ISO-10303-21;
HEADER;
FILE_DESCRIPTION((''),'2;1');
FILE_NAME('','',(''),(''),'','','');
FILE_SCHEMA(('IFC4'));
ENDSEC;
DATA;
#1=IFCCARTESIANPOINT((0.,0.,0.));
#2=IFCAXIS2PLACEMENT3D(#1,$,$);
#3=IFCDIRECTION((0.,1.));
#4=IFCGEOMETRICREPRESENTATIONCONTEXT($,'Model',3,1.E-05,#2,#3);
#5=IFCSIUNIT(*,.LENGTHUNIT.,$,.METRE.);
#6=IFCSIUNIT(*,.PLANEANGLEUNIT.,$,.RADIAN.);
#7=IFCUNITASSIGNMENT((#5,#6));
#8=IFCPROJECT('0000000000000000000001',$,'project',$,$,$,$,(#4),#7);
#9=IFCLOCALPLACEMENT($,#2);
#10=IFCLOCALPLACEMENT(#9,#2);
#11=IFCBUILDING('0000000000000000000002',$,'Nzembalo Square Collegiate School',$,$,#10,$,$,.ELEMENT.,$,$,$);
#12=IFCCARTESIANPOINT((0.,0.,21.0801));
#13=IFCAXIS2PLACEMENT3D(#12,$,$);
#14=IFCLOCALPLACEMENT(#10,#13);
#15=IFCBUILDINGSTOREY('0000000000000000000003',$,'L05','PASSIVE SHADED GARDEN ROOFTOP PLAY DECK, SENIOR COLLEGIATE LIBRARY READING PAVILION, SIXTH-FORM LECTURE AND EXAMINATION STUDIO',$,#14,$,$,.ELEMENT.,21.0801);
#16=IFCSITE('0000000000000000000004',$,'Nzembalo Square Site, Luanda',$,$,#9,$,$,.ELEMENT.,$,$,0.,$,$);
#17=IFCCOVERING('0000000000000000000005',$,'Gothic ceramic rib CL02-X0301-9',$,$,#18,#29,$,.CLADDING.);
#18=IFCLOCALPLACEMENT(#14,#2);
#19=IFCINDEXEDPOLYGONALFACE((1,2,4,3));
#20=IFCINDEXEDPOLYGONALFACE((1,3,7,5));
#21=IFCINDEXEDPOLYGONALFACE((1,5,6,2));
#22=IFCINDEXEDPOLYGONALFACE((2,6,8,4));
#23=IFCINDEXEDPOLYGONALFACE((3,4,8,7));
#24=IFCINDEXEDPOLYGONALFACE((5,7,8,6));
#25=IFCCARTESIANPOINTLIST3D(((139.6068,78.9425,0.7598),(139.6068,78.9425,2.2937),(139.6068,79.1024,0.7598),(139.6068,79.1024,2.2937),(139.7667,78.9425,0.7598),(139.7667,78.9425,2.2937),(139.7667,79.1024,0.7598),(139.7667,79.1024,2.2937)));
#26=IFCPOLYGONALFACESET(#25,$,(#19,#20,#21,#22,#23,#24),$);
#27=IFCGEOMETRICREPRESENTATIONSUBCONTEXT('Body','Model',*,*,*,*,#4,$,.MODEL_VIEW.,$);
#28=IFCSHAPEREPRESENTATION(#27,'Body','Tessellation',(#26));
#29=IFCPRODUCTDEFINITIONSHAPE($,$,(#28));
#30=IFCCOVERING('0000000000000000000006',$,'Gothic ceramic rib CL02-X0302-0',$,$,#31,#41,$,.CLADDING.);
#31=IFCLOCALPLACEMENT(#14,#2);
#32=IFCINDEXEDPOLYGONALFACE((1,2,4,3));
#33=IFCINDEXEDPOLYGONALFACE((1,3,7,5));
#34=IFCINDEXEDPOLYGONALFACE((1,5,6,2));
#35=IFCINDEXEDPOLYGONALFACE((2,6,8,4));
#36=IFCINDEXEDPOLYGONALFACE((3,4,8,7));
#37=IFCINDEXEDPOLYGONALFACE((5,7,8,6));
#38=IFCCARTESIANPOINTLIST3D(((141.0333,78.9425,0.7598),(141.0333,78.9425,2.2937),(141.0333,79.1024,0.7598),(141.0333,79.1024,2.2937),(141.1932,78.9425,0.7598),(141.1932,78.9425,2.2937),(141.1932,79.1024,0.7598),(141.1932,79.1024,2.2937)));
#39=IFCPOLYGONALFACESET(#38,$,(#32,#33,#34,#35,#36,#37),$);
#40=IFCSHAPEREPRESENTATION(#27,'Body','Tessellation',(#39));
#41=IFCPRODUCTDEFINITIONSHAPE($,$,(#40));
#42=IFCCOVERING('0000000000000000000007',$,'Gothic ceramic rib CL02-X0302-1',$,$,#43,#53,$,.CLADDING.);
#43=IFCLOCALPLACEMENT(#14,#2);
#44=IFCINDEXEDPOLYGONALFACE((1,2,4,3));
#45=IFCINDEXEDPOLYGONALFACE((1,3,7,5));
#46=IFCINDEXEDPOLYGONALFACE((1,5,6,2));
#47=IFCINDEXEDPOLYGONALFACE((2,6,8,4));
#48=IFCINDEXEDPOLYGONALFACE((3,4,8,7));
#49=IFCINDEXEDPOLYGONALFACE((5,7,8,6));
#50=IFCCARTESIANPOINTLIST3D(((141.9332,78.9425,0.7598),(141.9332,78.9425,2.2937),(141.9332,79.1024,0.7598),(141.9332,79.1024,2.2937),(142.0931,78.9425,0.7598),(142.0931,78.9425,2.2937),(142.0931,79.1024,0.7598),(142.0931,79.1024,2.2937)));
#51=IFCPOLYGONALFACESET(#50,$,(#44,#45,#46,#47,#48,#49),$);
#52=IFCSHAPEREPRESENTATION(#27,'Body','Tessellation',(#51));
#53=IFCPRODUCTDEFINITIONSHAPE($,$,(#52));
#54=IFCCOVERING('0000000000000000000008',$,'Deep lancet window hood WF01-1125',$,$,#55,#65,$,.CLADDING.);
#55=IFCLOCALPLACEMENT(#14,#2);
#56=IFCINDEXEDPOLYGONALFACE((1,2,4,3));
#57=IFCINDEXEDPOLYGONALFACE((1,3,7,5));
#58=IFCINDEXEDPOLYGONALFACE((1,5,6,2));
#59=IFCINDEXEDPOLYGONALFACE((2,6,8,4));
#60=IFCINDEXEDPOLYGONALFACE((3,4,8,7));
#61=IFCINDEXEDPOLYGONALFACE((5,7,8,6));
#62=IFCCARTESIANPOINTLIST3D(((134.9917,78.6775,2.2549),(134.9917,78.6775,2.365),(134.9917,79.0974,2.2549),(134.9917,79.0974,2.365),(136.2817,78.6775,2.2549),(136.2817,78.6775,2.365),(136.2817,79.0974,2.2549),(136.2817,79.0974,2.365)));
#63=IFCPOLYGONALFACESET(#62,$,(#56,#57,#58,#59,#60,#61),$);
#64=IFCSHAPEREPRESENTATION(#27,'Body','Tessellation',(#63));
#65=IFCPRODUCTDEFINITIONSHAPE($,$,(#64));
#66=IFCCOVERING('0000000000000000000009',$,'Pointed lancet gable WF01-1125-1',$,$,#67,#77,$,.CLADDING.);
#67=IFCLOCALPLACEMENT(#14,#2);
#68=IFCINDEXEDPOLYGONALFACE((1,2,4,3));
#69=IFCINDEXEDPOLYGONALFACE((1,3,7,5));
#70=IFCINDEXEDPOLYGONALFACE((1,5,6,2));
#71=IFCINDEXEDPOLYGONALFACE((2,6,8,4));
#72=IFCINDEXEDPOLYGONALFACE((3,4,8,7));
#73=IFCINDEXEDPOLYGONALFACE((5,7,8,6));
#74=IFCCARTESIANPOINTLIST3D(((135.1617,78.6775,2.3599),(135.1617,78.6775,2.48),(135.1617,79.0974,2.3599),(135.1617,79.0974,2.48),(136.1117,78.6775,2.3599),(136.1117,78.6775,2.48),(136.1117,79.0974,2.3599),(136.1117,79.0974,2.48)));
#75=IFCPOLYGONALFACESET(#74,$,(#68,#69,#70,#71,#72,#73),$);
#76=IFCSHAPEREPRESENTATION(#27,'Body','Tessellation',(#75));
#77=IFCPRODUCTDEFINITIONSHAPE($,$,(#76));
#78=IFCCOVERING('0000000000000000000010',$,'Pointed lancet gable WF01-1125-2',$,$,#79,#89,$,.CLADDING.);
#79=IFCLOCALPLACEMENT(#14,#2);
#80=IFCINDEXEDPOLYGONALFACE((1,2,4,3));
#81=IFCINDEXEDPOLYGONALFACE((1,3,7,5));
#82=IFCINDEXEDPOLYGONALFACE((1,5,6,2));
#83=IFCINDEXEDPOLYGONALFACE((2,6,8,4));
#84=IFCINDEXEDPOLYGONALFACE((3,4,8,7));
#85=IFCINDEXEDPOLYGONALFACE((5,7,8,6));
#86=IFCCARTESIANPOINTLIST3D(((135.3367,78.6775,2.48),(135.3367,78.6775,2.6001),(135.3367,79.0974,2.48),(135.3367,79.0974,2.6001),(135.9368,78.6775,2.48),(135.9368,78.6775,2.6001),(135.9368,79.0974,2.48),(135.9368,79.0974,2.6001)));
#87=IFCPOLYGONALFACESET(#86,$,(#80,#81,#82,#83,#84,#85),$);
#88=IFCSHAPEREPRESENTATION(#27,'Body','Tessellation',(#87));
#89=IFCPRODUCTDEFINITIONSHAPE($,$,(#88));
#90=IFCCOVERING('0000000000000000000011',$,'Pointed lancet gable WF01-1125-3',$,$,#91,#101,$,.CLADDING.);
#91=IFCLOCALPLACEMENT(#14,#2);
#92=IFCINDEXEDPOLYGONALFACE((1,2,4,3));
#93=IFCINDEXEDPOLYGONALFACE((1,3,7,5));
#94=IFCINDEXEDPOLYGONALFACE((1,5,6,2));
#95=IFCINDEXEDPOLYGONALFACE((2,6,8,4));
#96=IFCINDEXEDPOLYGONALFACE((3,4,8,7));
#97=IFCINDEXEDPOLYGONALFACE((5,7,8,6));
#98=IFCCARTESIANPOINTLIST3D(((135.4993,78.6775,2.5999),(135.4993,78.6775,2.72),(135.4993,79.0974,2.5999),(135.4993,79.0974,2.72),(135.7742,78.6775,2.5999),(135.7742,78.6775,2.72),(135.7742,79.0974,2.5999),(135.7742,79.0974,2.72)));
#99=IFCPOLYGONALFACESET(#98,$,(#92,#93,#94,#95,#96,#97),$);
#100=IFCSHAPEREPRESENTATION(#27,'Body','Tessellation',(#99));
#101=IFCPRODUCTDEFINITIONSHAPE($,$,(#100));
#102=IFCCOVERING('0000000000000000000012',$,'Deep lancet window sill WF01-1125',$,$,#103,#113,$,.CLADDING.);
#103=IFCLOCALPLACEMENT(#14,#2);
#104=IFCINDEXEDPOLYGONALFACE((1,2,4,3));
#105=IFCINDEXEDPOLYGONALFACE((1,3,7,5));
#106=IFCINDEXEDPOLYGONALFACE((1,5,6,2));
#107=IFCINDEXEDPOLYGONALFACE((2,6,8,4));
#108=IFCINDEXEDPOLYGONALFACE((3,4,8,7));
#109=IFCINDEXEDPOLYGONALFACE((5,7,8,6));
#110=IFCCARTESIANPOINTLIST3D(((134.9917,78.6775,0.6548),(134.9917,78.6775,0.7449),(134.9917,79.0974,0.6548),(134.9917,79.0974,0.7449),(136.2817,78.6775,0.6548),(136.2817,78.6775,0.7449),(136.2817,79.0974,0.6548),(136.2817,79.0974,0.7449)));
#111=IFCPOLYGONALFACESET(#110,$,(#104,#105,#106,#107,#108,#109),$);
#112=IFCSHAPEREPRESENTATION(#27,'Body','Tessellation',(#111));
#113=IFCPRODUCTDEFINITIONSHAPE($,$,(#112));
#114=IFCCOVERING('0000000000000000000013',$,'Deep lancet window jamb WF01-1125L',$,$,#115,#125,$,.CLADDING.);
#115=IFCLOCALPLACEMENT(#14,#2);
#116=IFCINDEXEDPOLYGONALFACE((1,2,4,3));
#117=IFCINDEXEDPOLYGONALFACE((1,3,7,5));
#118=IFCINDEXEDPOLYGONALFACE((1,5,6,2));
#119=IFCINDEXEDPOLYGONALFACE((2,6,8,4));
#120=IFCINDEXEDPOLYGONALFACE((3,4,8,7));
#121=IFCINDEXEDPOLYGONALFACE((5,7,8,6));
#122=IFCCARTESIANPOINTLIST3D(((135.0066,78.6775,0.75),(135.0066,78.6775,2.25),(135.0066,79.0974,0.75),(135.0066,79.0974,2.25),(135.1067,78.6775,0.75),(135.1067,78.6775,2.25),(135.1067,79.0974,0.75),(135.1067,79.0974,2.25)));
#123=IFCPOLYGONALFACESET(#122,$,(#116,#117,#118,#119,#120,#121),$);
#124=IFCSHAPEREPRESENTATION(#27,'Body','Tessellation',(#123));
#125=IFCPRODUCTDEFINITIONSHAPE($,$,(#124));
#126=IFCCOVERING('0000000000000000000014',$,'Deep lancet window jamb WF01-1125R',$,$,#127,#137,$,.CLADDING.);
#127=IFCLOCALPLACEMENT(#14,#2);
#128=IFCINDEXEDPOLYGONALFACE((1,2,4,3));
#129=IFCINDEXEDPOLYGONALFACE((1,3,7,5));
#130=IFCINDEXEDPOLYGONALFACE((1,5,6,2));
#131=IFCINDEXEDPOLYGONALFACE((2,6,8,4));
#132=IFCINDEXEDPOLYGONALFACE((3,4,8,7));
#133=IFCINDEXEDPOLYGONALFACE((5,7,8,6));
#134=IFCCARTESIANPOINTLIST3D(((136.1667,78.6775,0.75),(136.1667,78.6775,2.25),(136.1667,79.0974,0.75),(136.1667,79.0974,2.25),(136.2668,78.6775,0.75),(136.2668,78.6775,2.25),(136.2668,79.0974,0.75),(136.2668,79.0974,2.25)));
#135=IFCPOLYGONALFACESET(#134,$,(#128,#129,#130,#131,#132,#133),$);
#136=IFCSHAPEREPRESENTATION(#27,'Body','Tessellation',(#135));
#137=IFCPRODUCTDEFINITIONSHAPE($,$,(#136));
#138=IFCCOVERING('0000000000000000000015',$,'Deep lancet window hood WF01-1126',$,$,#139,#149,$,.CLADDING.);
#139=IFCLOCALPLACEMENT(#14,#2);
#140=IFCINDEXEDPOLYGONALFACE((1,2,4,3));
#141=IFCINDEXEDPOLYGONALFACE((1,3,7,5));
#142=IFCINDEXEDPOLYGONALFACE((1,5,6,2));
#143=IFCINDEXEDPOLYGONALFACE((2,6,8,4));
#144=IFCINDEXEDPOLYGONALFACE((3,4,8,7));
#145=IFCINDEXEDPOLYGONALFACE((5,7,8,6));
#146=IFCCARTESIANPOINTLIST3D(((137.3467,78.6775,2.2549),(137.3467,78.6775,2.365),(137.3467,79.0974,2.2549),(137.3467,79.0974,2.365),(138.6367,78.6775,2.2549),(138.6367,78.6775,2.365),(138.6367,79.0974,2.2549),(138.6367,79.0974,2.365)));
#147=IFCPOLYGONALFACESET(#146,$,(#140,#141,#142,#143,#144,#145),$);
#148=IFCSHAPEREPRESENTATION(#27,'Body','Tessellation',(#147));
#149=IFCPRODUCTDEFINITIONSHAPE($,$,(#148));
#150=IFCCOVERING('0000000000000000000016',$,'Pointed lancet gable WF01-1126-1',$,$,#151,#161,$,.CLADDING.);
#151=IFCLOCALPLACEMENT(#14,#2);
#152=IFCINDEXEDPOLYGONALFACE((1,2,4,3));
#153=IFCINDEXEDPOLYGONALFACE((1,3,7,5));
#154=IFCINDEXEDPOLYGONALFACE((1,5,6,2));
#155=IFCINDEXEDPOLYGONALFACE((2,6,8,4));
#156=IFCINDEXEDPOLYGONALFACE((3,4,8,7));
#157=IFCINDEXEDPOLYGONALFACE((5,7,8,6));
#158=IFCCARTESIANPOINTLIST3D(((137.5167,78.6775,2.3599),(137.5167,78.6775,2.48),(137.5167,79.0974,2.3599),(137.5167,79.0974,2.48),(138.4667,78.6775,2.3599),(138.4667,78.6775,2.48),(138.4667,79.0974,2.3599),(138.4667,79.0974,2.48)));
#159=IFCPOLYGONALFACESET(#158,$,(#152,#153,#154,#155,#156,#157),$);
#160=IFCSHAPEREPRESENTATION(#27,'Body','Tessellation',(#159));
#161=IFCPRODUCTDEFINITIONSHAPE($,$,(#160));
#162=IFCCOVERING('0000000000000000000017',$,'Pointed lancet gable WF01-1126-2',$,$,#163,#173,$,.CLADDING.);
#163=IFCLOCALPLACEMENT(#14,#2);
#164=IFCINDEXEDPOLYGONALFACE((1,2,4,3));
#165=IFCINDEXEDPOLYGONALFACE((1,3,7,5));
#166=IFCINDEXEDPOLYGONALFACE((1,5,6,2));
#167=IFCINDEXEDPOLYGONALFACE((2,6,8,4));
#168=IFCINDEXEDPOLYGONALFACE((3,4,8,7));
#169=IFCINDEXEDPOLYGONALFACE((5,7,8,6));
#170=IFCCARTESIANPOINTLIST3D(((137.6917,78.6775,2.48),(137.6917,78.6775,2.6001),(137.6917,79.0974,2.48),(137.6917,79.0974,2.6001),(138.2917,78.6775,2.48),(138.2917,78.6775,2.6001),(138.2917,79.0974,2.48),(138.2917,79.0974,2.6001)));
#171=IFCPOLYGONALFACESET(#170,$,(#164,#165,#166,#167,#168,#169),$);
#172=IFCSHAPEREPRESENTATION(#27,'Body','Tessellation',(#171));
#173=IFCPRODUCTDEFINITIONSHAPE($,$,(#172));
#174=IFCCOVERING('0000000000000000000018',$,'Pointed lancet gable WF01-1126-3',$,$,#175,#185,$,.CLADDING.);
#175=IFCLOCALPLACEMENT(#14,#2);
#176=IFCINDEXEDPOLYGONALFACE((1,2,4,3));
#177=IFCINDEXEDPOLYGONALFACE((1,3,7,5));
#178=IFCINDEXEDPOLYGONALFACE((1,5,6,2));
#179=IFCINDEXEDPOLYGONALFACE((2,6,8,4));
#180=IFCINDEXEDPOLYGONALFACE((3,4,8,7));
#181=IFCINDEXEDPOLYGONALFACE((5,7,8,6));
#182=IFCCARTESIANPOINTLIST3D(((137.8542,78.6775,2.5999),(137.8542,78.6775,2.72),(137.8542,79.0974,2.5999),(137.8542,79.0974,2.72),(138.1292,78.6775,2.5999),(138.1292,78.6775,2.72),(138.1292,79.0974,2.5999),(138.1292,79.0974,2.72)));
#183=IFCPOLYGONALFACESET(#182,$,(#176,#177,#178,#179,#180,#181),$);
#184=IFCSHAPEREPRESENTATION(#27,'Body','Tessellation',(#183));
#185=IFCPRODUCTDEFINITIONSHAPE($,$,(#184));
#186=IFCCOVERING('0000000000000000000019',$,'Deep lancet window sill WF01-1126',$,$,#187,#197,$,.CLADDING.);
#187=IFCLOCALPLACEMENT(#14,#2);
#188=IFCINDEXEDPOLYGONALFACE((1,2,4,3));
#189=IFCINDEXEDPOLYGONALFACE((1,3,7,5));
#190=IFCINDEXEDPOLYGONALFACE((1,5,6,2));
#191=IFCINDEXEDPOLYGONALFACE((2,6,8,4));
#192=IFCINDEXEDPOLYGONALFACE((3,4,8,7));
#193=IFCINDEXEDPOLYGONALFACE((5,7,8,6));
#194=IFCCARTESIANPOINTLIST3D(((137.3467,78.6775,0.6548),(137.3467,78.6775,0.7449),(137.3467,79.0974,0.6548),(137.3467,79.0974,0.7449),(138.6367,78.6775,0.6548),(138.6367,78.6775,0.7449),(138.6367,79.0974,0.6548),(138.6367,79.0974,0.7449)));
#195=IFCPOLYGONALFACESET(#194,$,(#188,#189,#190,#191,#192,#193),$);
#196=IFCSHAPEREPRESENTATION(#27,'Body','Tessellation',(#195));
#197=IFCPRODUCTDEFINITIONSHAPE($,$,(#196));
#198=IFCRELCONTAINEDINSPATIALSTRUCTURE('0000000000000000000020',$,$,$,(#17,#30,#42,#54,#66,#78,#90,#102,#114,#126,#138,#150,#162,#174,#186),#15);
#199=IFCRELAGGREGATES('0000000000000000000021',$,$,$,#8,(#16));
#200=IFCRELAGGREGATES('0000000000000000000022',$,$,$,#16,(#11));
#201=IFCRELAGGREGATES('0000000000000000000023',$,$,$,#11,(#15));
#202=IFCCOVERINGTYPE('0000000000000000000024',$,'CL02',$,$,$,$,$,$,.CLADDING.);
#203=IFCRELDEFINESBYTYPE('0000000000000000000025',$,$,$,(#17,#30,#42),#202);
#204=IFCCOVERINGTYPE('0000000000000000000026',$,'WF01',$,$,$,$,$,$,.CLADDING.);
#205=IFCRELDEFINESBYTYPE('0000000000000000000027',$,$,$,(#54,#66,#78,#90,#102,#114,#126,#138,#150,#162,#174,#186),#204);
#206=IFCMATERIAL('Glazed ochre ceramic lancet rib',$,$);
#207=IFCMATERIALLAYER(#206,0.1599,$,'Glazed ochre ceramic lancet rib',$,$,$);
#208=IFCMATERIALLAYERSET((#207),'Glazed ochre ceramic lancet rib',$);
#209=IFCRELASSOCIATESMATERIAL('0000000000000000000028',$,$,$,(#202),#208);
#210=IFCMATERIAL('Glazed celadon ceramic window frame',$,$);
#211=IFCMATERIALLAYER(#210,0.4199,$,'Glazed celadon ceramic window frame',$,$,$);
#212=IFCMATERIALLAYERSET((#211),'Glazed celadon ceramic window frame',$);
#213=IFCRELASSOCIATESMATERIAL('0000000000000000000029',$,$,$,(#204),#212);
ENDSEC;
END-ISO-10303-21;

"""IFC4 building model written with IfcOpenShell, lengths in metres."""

from ifc_helpers import new_model, si_unit, direction, frame, origin, origin_2d, place, context, subcontext, project, spatial, rectangle, extrude, material, layer, layer_set, type_object, element, save


model = new_model("IFC4")

# Units and contexts
model_context = context("Model", 3, precision=1e-05, world=origin(), true_north=direction((0.0, 1.0)))
body_context = subcontext(model_context, "Body", "Model", "MODEL_VIEW")
ifc_project = project(units=[si_unit("LENGTHUNIT", "METRE"), si_unit("PLANEANGLEUNIT", "RADIAN")], contexts=[model_context])

# Site, building, storey
site_placement = place(None, origin())
site = spatial("IfcSite", under=ifc_project, at=site_placement, Name="Nzembalo Square Site, Luanda", CompositionType="ELEMENT", RefElevation=0.0)
building_placement = place(site_placement, origin())
building = spatial("IfcBuilding", under=site, at=building_placement, Name="Nzembalo Square Collegiate School", CompositionType="ELEMENT")
storey_placement = place(building_placement, frame((0.0, 0.0, 21.0801)))
storey = spatial("IfcBuildingStorey", under=building, at=storey_placement, Name="L05", Description="PASSIVE SHADED GARDEN ROOFTOP PLAY DECK, SENIOR COLLEGIATE LIBRARY READING PAVILION, SIXTH-FORM LECTURE AND EXAMINATION STUDIO", CompositionType="ELEMENT", Elevation=21.0801)

# Coverings
ifc_material_1 = material(Name="Glazed ochre ceramic lancet rib")
ifc_layer_1 = layer(ifc_material_1, 0.1599, Name="Glazed ochre ceramic lancet rib")
ifc_layer_set_1 = layer_set([ifc_layer_1], Name="Glazed ochre ceramic lancet rib")
covering_type_1 = type_object("IfcCoveringType", Name="CL02", PredefinedType="CLADDING", material=ifc_layer_set_1)
for number, where, z_axis, x_axis, name in (
    (1, (139.6868, 79.0225, 0.7598), (0.0, 0.0, 1.0), (1.0, 0.0, 0.0), "Gothic ceramic rib CL02-X0301-9"),
    (2, (141.1133, 79.0225, 0.7598), (0.0, 0.0, 1.0), (1.0, 0.0, 0.0), "Gothic ceramic rib CL02-X0302-0"),
    (3, (142.0132, 79.0225, 0.7598), (0.0, 0.0, 1.0), (1.0, 0.0, 0.0), "Gothic ceramic rib CL02-X0302-1"),
):
    element("IfcCovering", number, at=place(storey_placement, frame(where, z_axis=z_axis, x_axis=x_axis)), inside=storey, type_object=covering_type_1, Name=name, PredefinedType="CLADDING", context=body_context, shape_type="SweptSolid", body=[
        extrude(rectangle(XDim=0.1599, YDim=0.1599, at=origin_2d()), origin(), (0.0, 0.0, 1.0), 1.5339),
    ])
ifc_material_2 = material(Name="Glazed celadon ceramic window frame")
ifc_layer_2 = layer(ifc_material_2, 0.4199, Name="Glazed celadon ceramic window frame")
ifc_layer_set_2 = layer_set([ifc_layer_2], Name="Glazed celadon ceramic window frame")
covering_type_2 = type_object("IfcCoveringType", Name="WF01", PredefinedType="CLADDING", material=ifc_layer_set_2)
covering_1_placement = place(storey_placement, frame((135.6367, 78.8875, 2.2549), z_axis=(0.0, 0.0, 1.0), x_axis=(1.0, 0.0, 0.0)))
element("IfcCovering", 4, at=covering_1_placement, inside=storey, type_object=covering_type_2, Name="Deep lancet window hood WF01-1125", PredefinedType="CLADDING", context=body_context, shape_type="SweptSolid", body=[
    extrude(rectangle(XDim=1.29, YDim=0.4199, at=origin_2d()), origin(), (0.0, 0.0, 1.0), 0.1101),
])
covering_2_placement = place(storey_placement, frame((135.6367, 78.8875, 2.3599), z_axis=(0.0, 0.0, 1.0), x_axis=(1.0, 0.0, 0.0)))
element("IfcCovering", 5, at=covering_2_placement, inside=storey, type_object=covering_type_2, Name="Pointed lancet gable WF01-1125-1", PredefinedType="CLADDING", context=body_context, shape_type="SweptSolid", body=[
    extrude(rectangle(XDim=0.95, YDim=0.4199, at=origin_2d()), origin(), (0.0, 0.0, 1.0), 0.1201),
])
covering_3_placement = place(storey_placement, frame((135.6367, 78.8875, 2.48), z_axis=(0.0, 0.0, 1.0), x_axis=(1.0, 0.0, 0.0)))
element("IfcCovering", 6, at=covering_3_placement, inside=storey, type_object=covering_type_2, Name="Pointed lancet gable WF01-1125-2", PredefinedType="CLADDING", context=body_context, shape_type="SweptSolid", body=[
    extrude(rectangle(XDim=0.6001, YDim=0.4199, at=origin_2d()), origin(), (0.0, 0.0, 1.0), 0.1201),
])
covering_4_placement = place(storey_placement, frame((135.6367, 78.8875, 2.5999), z_axis=(0.0, 0.0, 1.0), x_axis=(1.0, 0.0, 0.0)))
element("IfcCovering", 7, at=covering_4_placement, inside=storey, type_object=covering_type_2, Name="Pointed lancet gable WF01-1125-3", PredefinedType="CLADDING", context=body_context, shape_type="SweptSolid", body=[
    extrude(rectangle(XDim=0.2749, YDim=0.4199, at=origin_2d()), origin(), (0.0, 0.0, 1.0), 0.1201),
])
covering_5_placement = place(storey_placement, frame((135.6367, 78.8875, 0.6548), z_axis=(0.0, 0.0, 1.0), x_axis=(1.0, 0.0, 0.0)))
element("IfcCovering", 8, at=covering_5_placement, inside=storey, type_object=covering_type_2, Name="Deep lancet window sill WF01-1125", PredefinedType="CLADDING", context=body_context, shape_type="SweptSolid", body=[
    extrude(rectangle(XDim=1.29, YDim=0.4199, at=origin_2d()), origin(), (0.0, 0.0, 1.0), 0.0901),
])
for number, where, z_axis, x_axis, name in (
    (9, (135.0566, 78.8875, 0.75), (0.0, 0.0, 1.0), (1.0, 0.0, 0.0), "Deep lancet window jamb WF01-1125L"),
    (10, (136.2168, 78.8875, 0.75), (0.0, 0.0, 1.0), (1.0, 0.0, 0.0), "Deep lancet window jamb WF01-1125R"),
):
    element("IfcCovering", number, at=place(storey_placement, frame(where, z_axis=z_axis, x_axis=x_axis)), inside=storey, type_object=covering_type_2, Name=name, PredefinedType="CLADDING", context=body_context, shape_type="SweptSolid", body=[
        extrude(rectangle(XDim=0.1001, YDim=0.4199, at=origin_2d()), origin(), (0.0, 0.0, 1.0), 1.5),
    ])
covering_6_placement = place(storey_placement, frame((137.9917, 78.8875, 2.2549), z_axis=(0.0, 0.0, 1.0), x_axis=(1.0, 0.0, 0.0)))
element("IfcCovering", 11, at=covering_6_placement, inside=storey, type_object=covering_type_2, Name="Deep lancet window hood WF01-1126", PredefinedType="CLADDING", context=body_context, shape_type="SweptSolid", body=[
    extrude(rectangle(XDim=1.29, YDim=0.4199, at=origin_2d()), origin(), (0.0, 0.0, 1.0), 0.1101),
])
covering_7_placement = place(storey_placement, frame((137.9917, 78.8875, 2.3599), z_axis=(0.0, 0.0, 1.0), x_axis=(1.0, 0.0, 0.0)))
element("IfcCovering", 12, at=covering_7_placement, inside=storey, type_object=covering_type_2, Name="Pointed lancet gable WF01-1126-1", PredefinedType="CLADDING", context=body_context, shape_type="SweptSolid", body=[
    extrude(rectangle(XDim=0.95, YDim=0.4199, at=origin_2d()), origin(), (0.0, 0.0, 1.0), 0.1201),
])
covering_8_placement = place(storey_placement, frame((137.9917, 78.8875, 2.48), z_axis=(0.0, 0.0, 1.0), x_axis=(1.0, 0.0, 0.0)))
element("IfcCovering", 13, at=covering_8_placement, inside=storey, type_object=covering_type_2, Name="Pointed lancet gable WF01-1126-2", PredefinedType="CLADDING", context=body_context, shape_type="SweptSolid", body=[
    extrude(rectangle(XDim=0.6001, YDim=0.4199, at=origin_2d()), origin(), (0.0, 0.0, 1.0), 0.1201),
])
covering_9_placement = place(storey_placement, frame((137.9917, 78.8875, 2.5999), z_axis=(0.0, 0.0, 1.0), x_axis=(1.0, 0.0, 0.0)))
element("IfcCovering", 14, at=covering_9_placement, inside=storey, type_object=covering_type_2, Name="Pointed lancet gable WF01-1126-3", PredefinedType="CLADDING", context=body_context, shape_type="SweptSolid", body=[
    extrude(rectangle(XDim=0.2749, YDim=0.4199, at=origin_2d()), origin(), (0.0, 0.0, 1.0), 0.1201),
])
covering_10_placement = place(storey_placement, frame((137.9917, 78.8875, 0.6548), z_axis=(0.0, 0.0, 1.0), x_axis=(1.0, 0.0, 0.0)))
element("IfcCovering", 15, at=covering_10_placement, inside=storey, type_object=covering_type_2, Name="Deep lancet window sill WF01-1126", PredefinedType="CLADDING", context=body_context, shape_type="SweptSolid", body=[
    extrude(rectangle(XDim=1.29, YDim=0.4199, at=origin_2d()), origin(), (0.0, 0.0, 1.0), 0.0901),
])

save(model, "model.ifc")
